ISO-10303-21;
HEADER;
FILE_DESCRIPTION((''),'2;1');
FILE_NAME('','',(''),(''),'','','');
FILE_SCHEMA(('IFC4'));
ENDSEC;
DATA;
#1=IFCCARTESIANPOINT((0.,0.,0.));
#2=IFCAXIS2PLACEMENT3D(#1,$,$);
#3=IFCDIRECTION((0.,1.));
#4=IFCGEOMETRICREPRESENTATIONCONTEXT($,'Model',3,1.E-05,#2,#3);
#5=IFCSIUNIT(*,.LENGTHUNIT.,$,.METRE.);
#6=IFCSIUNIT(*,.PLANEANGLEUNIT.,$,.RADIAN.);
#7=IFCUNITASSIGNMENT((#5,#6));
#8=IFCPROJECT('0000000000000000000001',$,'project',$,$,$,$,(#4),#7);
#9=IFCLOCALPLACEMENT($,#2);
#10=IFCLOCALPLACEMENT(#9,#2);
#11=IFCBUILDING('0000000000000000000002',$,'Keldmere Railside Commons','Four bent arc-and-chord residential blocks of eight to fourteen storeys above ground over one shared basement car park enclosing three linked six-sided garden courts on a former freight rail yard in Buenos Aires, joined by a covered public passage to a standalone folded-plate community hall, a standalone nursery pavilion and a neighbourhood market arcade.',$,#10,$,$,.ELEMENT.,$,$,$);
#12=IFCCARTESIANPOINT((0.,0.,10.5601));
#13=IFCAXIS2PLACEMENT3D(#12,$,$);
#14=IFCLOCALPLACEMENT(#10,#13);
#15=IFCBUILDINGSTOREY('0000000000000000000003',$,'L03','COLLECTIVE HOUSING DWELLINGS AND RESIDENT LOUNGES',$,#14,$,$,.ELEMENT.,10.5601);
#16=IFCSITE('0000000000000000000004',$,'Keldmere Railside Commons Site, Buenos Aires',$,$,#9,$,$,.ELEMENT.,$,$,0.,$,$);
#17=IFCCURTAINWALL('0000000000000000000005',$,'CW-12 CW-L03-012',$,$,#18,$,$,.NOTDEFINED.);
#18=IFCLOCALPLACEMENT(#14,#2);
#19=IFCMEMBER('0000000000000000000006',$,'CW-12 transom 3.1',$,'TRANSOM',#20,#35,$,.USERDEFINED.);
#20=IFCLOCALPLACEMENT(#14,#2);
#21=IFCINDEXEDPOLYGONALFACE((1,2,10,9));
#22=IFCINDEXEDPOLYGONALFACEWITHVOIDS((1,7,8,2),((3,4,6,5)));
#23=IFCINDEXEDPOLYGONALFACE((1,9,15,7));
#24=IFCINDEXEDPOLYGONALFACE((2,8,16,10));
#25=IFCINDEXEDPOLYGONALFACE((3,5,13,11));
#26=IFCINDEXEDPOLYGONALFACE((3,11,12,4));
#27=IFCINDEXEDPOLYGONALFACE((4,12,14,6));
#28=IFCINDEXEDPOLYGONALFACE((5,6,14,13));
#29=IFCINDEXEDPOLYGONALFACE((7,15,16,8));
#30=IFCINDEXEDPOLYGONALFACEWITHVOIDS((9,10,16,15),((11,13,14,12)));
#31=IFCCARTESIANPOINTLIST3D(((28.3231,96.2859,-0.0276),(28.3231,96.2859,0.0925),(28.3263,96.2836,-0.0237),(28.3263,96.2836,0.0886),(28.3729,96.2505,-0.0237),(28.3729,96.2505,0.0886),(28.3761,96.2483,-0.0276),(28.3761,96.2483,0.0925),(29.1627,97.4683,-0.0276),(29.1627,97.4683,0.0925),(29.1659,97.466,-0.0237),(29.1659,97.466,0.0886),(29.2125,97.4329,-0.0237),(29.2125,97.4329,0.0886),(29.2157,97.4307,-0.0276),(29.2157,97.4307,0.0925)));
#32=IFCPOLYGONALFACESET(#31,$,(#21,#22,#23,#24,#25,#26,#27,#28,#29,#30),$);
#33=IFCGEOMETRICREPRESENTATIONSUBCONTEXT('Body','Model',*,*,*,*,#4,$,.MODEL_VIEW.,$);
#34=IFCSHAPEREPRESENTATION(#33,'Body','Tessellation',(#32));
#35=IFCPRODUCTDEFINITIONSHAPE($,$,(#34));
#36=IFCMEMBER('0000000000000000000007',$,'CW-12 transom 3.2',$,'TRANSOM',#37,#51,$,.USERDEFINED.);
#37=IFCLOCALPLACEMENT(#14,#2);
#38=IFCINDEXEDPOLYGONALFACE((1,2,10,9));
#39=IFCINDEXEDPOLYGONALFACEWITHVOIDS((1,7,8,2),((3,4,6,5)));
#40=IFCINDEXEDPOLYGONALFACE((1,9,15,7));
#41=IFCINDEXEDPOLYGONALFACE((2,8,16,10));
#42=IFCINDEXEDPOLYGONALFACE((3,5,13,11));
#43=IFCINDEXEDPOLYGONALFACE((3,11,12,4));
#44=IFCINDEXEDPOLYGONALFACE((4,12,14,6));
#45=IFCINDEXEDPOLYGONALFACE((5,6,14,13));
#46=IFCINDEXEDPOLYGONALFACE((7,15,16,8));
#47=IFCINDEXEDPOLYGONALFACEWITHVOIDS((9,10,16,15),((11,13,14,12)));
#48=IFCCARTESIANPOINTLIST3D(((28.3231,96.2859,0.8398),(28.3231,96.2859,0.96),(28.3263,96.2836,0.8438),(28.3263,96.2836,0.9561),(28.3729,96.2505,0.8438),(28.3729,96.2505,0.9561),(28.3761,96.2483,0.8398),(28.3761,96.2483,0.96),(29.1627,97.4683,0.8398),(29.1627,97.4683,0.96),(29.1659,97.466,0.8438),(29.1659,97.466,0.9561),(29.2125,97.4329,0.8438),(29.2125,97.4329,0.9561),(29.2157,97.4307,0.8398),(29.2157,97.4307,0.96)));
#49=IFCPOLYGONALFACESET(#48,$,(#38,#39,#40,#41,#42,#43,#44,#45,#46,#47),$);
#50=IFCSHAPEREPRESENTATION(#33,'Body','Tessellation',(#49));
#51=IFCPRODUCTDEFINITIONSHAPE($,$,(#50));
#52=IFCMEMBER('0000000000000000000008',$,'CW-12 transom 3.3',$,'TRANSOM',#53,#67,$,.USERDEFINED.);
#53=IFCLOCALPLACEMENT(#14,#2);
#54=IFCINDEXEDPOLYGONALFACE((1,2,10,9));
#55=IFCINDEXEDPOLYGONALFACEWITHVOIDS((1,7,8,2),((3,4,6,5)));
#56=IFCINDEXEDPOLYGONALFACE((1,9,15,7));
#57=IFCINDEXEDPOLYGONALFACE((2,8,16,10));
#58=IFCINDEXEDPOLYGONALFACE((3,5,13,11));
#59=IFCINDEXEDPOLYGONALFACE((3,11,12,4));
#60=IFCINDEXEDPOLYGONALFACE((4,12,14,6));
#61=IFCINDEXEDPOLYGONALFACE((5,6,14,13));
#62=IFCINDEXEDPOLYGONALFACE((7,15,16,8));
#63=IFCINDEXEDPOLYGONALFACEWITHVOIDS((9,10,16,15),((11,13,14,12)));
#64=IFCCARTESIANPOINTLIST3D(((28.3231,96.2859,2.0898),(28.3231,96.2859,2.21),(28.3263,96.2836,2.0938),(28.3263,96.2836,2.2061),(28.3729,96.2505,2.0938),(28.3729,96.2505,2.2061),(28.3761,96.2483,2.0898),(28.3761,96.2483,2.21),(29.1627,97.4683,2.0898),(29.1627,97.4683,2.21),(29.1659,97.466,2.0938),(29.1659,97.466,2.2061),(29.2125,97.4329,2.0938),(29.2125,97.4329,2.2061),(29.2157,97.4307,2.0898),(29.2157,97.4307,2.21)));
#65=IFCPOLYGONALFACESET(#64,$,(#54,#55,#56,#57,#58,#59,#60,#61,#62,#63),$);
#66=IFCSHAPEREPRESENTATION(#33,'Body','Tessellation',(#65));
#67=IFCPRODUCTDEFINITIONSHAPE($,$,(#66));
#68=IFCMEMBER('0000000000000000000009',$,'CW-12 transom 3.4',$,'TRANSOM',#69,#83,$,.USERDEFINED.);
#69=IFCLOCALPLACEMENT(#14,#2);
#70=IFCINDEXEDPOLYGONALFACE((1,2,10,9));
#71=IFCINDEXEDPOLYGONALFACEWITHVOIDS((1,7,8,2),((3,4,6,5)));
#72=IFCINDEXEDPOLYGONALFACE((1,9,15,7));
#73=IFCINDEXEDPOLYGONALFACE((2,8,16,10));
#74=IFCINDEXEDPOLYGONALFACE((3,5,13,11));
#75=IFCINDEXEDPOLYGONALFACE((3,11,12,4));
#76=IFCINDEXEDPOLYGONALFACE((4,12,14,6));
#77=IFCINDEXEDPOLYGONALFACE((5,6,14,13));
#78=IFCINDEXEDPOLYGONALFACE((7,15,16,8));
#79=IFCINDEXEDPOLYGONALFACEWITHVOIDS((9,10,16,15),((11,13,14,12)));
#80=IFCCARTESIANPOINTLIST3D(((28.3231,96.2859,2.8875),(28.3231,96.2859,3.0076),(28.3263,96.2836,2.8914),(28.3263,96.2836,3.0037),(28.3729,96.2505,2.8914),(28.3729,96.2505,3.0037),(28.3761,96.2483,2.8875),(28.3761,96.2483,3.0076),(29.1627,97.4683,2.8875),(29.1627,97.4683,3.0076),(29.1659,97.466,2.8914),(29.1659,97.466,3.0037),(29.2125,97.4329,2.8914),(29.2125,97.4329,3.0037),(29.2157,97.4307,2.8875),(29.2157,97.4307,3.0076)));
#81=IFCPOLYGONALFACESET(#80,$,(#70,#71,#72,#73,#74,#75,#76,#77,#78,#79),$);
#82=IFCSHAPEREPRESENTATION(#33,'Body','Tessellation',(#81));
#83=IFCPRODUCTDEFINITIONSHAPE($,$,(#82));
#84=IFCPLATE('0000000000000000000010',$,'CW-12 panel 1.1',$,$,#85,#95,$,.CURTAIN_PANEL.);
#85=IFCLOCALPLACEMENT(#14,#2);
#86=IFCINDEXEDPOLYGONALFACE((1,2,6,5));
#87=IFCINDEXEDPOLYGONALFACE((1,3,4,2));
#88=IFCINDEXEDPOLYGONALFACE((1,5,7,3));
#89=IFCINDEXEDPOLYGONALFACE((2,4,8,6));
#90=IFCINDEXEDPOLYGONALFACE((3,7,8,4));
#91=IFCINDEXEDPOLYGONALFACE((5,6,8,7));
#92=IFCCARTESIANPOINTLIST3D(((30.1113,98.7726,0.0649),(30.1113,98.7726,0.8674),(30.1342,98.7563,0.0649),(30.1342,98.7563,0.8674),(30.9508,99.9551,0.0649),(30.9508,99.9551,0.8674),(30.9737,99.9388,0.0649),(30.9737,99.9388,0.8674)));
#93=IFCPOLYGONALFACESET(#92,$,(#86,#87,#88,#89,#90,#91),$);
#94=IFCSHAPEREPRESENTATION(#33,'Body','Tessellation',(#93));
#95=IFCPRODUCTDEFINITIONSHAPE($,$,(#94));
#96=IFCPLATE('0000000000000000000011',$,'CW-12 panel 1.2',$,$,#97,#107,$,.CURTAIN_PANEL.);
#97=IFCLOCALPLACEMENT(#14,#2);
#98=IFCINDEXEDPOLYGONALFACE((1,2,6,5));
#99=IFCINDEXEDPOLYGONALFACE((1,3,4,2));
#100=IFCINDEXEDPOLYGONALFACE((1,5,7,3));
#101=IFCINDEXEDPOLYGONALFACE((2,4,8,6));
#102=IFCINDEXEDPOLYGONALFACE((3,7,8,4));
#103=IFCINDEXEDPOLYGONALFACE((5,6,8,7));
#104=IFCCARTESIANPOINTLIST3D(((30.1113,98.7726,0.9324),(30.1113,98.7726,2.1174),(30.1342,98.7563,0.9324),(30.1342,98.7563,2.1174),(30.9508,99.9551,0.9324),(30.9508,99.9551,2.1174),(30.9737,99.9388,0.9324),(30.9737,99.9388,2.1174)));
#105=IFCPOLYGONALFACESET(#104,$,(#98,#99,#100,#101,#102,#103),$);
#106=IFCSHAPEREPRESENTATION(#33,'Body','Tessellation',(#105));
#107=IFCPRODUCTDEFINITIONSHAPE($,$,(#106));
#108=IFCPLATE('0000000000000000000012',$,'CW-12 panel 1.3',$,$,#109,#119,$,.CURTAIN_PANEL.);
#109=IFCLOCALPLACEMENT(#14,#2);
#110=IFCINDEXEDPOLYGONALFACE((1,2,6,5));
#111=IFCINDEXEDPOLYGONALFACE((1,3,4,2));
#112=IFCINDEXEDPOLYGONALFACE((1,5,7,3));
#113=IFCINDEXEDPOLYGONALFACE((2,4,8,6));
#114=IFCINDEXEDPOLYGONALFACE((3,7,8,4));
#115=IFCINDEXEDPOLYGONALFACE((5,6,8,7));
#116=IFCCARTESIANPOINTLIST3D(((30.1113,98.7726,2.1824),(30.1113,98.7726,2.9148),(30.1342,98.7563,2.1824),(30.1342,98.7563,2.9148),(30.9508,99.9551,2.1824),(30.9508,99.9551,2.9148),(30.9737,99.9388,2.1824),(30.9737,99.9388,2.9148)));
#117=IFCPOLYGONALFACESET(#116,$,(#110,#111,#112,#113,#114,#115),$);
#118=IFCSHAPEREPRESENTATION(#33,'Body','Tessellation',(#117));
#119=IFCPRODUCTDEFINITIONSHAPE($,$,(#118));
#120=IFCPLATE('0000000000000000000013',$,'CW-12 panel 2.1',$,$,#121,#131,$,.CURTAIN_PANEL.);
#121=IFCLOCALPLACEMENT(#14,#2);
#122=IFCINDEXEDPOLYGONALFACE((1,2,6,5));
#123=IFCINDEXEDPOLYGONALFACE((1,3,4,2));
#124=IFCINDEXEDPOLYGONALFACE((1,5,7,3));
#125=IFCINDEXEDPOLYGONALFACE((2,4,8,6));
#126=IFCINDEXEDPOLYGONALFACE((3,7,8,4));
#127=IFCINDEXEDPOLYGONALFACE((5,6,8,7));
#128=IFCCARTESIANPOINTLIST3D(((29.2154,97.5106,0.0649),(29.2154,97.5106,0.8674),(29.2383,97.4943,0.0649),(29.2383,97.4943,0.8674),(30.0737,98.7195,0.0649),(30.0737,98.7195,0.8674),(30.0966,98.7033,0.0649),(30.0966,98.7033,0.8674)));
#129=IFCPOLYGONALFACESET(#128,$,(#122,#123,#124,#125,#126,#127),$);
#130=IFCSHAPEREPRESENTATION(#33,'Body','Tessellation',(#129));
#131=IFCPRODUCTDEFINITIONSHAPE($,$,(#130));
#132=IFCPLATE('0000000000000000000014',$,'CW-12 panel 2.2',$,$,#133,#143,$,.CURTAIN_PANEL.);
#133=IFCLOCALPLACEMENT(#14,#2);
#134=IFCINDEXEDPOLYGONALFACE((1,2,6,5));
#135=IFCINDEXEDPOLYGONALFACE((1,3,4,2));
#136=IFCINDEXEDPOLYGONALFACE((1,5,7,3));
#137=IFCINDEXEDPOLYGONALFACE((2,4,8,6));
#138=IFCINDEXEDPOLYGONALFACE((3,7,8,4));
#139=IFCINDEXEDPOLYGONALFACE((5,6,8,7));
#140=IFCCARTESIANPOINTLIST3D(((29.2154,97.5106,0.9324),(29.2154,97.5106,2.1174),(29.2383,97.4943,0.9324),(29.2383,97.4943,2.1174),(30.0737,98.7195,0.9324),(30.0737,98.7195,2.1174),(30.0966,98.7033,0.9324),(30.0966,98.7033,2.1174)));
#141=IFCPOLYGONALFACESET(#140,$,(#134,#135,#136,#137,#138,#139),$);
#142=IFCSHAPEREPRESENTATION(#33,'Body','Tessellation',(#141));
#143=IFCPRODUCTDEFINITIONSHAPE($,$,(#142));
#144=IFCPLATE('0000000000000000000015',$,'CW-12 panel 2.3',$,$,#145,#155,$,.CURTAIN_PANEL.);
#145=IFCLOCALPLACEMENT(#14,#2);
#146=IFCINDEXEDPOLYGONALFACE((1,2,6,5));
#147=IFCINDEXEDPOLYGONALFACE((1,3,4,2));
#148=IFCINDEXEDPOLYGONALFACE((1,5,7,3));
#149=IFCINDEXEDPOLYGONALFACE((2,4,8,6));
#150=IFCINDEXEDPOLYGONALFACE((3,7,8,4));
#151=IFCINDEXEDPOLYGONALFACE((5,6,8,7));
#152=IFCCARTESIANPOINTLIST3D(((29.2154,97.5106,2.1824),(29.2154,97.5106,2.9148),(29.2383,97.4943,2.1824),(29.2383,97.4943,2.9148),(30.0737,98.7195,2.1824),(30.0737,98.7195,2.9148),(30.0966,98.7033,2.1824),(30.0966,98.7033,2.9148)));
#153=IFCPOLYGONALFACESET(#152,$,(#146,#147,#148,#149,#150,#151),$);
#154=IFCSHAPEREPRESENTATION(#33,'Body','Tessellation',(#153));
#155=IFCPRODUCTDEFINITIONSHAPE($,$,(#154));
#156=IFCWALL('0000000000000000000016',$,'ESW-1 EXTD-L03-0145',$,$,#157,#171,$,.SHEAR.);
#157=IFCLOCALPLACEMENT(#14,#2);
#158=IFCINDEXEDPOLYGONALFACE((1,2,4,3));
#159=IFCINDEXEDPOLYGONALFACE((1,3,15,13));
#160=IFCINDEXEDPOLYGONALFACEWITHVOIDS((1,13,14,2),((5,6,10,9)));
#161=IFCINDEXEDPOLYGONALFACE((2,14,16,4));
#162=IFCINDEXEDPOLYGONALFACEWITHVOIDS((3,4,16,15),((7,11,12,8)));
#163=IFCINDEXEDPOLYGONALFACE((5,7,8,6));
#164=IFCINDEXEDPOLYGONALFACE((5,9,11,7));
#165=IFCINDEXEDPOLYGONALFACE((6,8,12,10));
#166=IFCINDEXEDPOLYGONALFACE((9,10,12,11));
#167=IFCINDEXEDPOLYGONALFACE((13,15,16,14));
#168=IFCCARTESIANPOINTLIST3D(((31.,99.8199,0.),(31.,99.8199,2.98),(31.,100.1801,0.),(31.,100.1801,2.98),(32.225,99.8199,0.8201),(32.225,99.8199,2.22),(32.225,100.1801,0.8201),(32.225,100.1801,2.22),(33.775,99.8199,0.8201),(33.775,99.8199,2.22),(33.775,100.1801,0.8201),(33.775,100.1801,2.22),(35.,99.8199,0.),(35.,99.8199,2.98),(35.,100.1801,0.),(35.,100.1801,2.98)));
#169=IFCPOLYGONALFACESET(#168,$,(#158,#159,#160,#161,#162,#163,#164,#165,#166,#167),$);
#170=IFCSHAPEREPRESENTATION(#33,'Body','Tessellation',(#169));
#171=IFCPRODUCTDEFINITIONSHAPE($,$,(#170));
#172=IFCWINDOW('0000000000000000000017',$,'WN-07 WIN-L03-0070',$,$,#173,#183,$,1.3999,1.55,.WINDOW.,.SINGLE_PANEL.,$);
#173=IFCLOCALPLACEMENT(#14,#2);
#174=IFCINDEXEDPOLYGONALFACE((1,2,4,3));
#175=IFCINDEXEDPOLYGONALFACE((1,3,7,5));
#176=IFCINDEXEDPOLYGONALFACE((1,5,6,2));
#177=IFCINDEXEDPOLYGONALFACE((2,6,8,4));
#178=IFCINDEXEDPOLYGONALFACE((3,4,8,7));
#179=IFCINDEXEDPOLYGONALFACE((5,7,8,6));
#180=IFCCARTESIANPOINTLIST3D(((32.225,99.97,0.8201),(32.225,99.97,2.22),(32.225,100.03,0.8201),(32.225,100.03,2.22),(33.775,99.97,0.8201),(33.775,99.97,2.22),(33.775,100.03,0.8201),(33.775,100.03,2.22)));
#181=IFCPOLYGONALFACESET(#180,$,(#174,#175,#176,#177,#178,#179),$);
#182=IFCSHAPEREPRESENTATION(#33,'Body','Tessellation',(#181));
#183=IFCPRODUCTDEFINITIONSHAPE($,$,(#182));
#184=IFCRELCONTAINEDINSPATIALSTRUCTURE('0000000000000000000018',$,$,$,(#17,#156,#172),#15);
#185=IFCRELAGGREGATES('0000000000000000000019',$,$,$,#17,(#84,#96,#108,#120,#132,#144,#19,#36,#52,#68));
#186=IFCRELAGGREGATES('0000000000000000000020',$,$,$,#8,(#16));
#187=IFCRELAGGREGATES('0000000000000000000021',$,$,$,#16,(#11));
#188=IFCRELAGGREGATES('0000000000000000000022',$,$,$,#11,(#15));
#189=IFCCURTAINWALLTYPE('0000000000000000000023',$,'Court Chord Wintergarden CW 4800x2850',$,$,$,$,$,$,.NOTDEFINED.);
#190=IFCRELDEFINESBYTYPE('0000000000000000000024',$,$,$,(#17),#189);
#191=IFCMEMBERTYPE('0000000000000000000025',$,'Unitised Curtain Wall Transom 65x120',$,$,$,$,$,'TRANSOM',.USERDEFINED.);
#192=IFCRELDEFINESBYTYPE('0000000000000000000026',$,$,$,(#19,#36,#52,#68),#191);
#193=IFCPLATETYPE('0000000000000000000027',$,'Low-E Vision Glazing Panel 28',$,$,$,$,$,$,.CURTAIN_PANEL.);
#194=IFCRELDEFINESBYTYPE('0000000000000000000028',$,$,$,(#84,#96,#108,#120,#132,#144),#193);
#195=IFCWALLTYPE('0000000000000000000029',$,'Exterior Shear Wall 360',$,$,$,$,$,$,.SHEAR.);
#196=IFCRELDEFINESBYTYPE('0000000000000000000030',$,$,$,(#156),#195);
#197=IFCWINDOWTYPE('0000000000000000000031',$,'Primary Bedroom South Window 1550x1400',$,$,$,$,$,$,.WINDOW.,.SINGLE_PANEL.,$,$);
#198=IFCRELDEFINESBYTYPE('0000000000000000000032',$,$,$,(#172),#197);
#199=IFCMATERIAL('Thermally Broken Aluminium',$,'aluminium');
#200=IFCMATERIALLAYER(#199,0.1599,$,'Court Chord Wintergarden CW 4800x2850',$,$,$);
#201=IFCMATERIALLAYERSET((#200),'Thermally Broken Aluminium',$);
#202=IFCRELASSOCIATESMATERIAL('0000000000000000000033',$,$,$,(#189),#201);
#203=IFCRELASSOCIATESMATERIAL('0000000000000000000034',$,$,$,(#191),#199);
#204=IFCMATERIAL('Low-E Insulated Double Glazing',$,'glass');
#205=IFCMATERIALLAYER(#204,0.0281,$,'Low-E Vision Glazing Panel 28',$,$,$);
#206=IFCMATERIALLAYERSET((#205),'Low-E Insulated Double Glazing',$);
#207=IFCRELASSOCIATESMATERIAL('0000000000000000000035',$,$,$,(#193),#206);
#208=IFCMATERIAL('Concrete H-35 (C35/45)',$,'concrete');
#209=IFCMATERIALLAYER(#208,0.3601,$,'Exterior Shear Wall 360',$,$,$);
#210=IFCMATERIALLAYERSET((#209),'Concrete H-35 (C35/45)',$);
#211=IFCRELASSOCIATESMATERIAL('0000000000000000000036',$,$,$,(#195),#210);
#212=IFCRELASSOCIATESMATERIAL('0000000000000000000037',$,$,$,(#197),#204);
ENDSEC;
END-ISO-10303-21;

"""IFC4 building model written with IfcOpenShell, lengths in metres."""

from ifc_helpers import new_model, si_unit, direction, frame, frame_2d, origin, origin_2d, place, context, subcontext, project, spatial, rectangle, hollow_rectangle, extrude, material, layer, layer_set, material_profile, profile_set, type_object, element, fill, aggregate, save


model = new_model("IFC4")

# Units and contexts
model_context = context("Model", 3, precision=1e-05, world=origin(), true_north=direction((0.0, 1.0)))
body_context = subcontext(model_context, "Body", "Model", "MODEL_VIEW")
ifc_project = project(units=[si_unit("LENGTHUNIT", "METRE"), si_unit("PLANEANGLEUNIT", "RADIAN")], contexts=[model_context])

# Site, building, storey
site_placement = place(None, origin())
site = spatial("IfcSite", under=ifc_project, at=site_placement, Name="Keldmere Railside Commons Site, Buenos Aires", CompositionType="ELEMENT", RefElevation=0.0)
building_placement = place(site_placement, origin())
building = spatial("IfcBuilding", under=site, at=building_placement, Name="Keldmere Railside Commons", Description="Four bent arc-and-chord residential blocks of eight to fourteen storeys above ground over one shared basement car park enclosing three linked six-sided garden courts on a former freight rail yard in Buenos Aires, joined by a covered public passage to a standalone folded-plate community hall, a standalone nursery pavilion and a neighbourhood market arcade.", CompositionType="ELEMENT")
storey_placement = place(building_placement, frame((0.0, 0.0, 10.5601)))
storey = spatial("IfcBuildingStorey", under=building, at=storey_placement, Name="L03", Description="COLLECTIVE HOUSING DWELLINGS AND RESIDENT LOUNGES", CompositionType="ELEMENT", Elevation=10.5601)

# Curtain wall, members, plates
ifc_material_1 = material(Name="Thermally Broken Aluminium", Category="aluminium")
ifc_layer_1 = layer(ifc_material_1, 0.1599, Name="Court Chord Wintergarden CW 4800x2850")
ifc_layer_set_1 = layer_set([ifc_layer_1], Name="Thermally Broken Aluminium")
curtain_wall_type = type_object("IfcCurtainWallType", Name="Court Chord Wintergarden CW 4800x2850", PredefinedType="NOTDEFINED", material=ifc_layer_set_1)
curtain_wall_placement = place(storey_placement, origin())
curtain_wall = element("IfcCurtainWall", 1, at=curtain_wall_placement, inside=storey, type_object=curtain_wall_type, Name="CW-12 CW-L03-012", PredefinedType="NOTDEFINED")
ifc_material_profile_1 = material_profile(ifc_material_1, hollow_rectangle(XDim=0.0649, YDim=0.1201, WallThickness=0.0039, at=origin_2d()), Name="ALU-TRAN-65x120")
ifc_profile_set_1 = profile_set([ifc_material_profile_1], Name="Thermally Broken Aluminium")
member_type_1 = type_object("IfcMemberType", Name="Unitised Curtain Wall Transom 65x120", ElementType="TRANSOM", PredefinedType="USERDEFINED", material=ifc_profile_set_1)
member_1_placement = place(storey_placement, frame((29.1892, 97.4495, 0.0325), z_axis=(-0.578975, -0.815346, 0.0), x_axis=(0.815346, -0.578975, 0.0)))
member_1 = element("IfcMember", 2, at=member_1_placement, type_object=member_type_1, Name="CW-12 transom 3.1", ObjectType="TRANSOM", PredefinedType="USERDEFINED", context=body_context, shape_type="SweptSolid", body=[
    extrude(hollow_rectangle(XDim=0.0649, YDim=0.1201, WallThickness=0.0039, at=origin_2d()), origin(), (0.0, 0.0, 1.0), 1.4502),
])
member_2_placement = place(storey_placement, frame((29.1892, 97.4495, 0.8999), z_axis=(-0.578975, -0.815346, 0.0), x_axis=(0.815346, -0.578975, 0.0)))
member_2 = element("IfcMember", 3, at=member_2_placement, type_object=member_type_1, Name="CW-12 transom 3.2", ObjectType="TRANSOM", PredefinedType="USERDEFINED", context=body_context, shape_type="SweptSolid", body=[
    extrude(hollow_rectangle(XDim=0.0649, YDim=0.1201, WallThickness=0.0039, at=origin_2d()), origin(), (0.0, 0.0, 1.0), 1.4502),
])
member_3_placement = place(storey_placement, frame((29.1892, 97.4495, 2.1499), z_axis=(-0.578975, -0.815346, 0.0), x_axis=(0.815346, -0.578975, 0.0)))
member_3 = element("IfcMember", 4, at=member_3_placement, type_object=member_type_1, Name="CW-12 transom 3.3", ObjectType="TRANSOM", PredefinedType="USERDEFINED", context=body_context, shape_type="SweptSolid", body=[
    extrude(hollow_rectangle(XDim=0.0649, YDim=0.1201, WallThickness=0.0039, at=origin_2d()), origin(), (0.0, 0.0, 1.0), 1.4502),
])
member_4_placement = place(storey_placement, frame((29.1892, 97.4495, 2.9475), z_axis=(-0.578975, -0.815346, 0.0), x_axis=(0.815346, -0.578975, 0.0)))
member_4 = element("IfcMember", 5, at=member_4_placement, type_object=member_type_1, Name="CW-12 transom 3.4", ObjectType="TRANSOM", PredefinedType="USERDEFINED", context=body_context, shape_type="SweptSolid", body=[
    extrude(hollow_rectangle(XDim=0.0649, YDim=0.1201, WallThickness=0.0039, at=origin_2d()), origin(), (0.0, 0.0, 1.0), 1.4502),
])
ifc_material_2 = material(Name="Low-E Insulated Double Glazing", Category="glass")
ifc_layer_2 = layer(ifc_material_2, 0.0281, Name="Low-E Vision Glazing Panel 28")
ifc_layer_set_2 = layer_set([ifc_layer_2], Name="Low-E Insulated Double Glazing")
plate_type = type_object("IfcPlateType", Name="Low-E Vision Glazing Panel 28", PredefinedType="CURTAIN_PANEL", material=ifc_layer_set_2)
plate_1_placement = place(storey_placement, frame((30.5425, 99.3557, 0.0649), z_axis=(0.0, 0.0, 1.0), x_axis=(-0.578913, -0.815389, 0.0)))
plate_1 = element("IfcPlate", 6, at=plate_1_placement, type_object=plate_type, Name="CW-12 panel 1.1", PredefinedType="CURTAIN_PANEL", context=body_context, shape_type="SweptSolid", body=[
    extrude(rectangle(XDim=1.4502, YDim=0.0281, at=origin_2d()), origin(), (0.0, 0.0, 1.0), 0.8025),
])
plate_2_placement = place(storey_placement, frame((30.5425, 99.3557, 0.9324), z_axis=(0.0, 0.0, 1.0), x_axis=(-0.578913, -0.815389, 0.0)))
plate_2 = element("IfcPlate", 7, at=plate_2_placement, type_object=plate_type, Name="CW-12 panel 1.2", PredefinedType="CURTAIN_PANEL", context=body_context, shape_type="SweptSolid", body=[
    extrude(rectangle(XDim=1.4502, YDim=0.0281, at=origin_2d()), origin(), (0.0, 0.0, 1.0), 1.1851),
])
plate_3_placement = place(storey_placement, frame((30.5425, 99.3557, 2.1824), z_axis=(0.0, 0.0, 1.0), x_axis=(-0.578913, -0.815389, 0.0)))
plate_3 = element("IfcPlate", 8, at=plate_3_placement, type_object=plate_type, Name="CW-12 panel 1.3", PredefinedType="CURTAIN_PANEL", context=body_context, shape_type="SweptSolid", body=[
    extrude(rectangle(XDim=1.4502, YDim=0.0281, at=origin_2d()), origin(), (0.0, 0.0, 1.0), 0.7324),
])
plate_4_placement = place(storey_placement, frame((29.656, 98.1069, 0.0649), z_axis=(0.0, 0.0, 1.0), x_axis=(-0.578913, -0.815389, 0.0)))
plate_4 = element("IfcPlate", 9, at=plate_4_placement, type_object=plate_type, Name="CW-12 panel 2.1", PredefinedType="CURTAIN_PANEL", context=body_context, shape_type="SweptSolid", body=[
    extrude(rectangle(XDim=1.4827, YDim=0.0281, at=origin_2d()), origin(), (0.0, 0.0, 1.0), 0.8025),
])
plate_5_placement = place(storey_placement, frame((29.656, 98.1069, 0.9324), z_axis=(0.0, 0.0, 1.0), x_axis=(-0.578913, -0.815389, 0.0)))
plate_5 = element("IfcPlate", 10, at=plate_5_placement, type_object=plate_type, Name="CW-12 panel 2.2", PredefinedType="CURTAIN_PANEL", context=body_context, shape_type="SweptSolid", body=[
    extrude(rectangle(XDim=1.4827, YDim=0.0281, at=origin_2d()), origin(), (0.0, 0.0, 1.0), 1.1851),
])
plate_6_placement = place(storey_placement, frame((29.656, 98.1069, 2.1824), z_axis=(0.0, 0.0, 1.0), x_axis=(-0.578913, -0.815389, 0.0)))
plate_6 = element("IfcPlate", 11, at=plate_6_placement, type_object=plate_type, Name="CW-12 panel 2.3", PredefinedType="CURTAIN_PANEL", context=body_context, shape_type="SweptSolid", body=[
    extrude(rectangle(XDim=1.4827, YDim=0.0281, at=origin_2d()), origin(), (0.0, 0.0, 1.0), 0.7324),
])
aggregate(curtain_wall, [plate_1, plate_2, plate_3, plate_4, plate_5, plate_6, member_1, member_2, member_3, member_4])

# Wall, opening, window
ifc_material_3 = material(Name="Concrete H-35 (C35/45)", Category="concrete")
ifc_layer_3 = layer(ifc_material_3, 0.3601, Name="Exterior Shear Wall 360")
ifc_layer_set_3 = layer_set([ifc_layer_3], Name="Concrete H-35 (C35/45)")
wall_type_1 = type_object("IfcWallType", Name="Exterior Shear Wall 360", PredefinedType="SHEAR", material=ifc_layer_set_3)
wall_1_placement = place(storey_placement, frame((35.0, 100.0, 0.0), z_axis=(0.0, 0.0, 1.0), x_axis=(-1.0, 0.0, 0.0)))
wall_1 = element("IfcWall", 12, at=wall_1_placement, inside=storey, type_object=wall_type_1, Name="ESW-1 EXTD-L03-0145", PredefinedType="SHEAR", context=body_context, shape_type="SweptSolid", body=[
    extrude(rectangle(XDim=4.0, YDim=0.3601, at=frame_2d((2.0, 0.0))), origin(), (0.0, 0.0, 1.0), 2.98),
])
opening_placement = place(wall_1_placement, frame((1.2251, 0.0, 0.8201)))
opening = element("IfcOpeningElement", 13, at=opening_placement, cuts=wall_1, PredefinedType="OPENING", context=body_context, shape_type="SweptSolid", body=[
    extrude(rectangle(XDim=1.55, YDim=1.3999, at=frame_2d((0.7749, 0.7))), frame((0.0, 0.1899, 0.0), z_axis=(0.0, -1.0, 0.0), x_axis=(1.0, 0.0, 0.0)), (0.0, 0.0, 1.0), 0.3801),
])
window_type = type_object("IfcWindowType", Name="Primary Bedroom South Window 1550x1400", PartitioningType="SINGLE_PANEL", PredefinedType="WINDOW", material=ifc_material_2)
window_placement = place(opening_placement, origin())
window = element("IfcWindow", 14, at=window_placement, inside=storey, type_object=window_type, Name="WN-07 WIN-L03-0070", OverallHeight=1.3999, OverallWidth=1.55, PartitioningType="SINGLE_PANEL", PredefinedType="WINDOW", context=body_context, shape_type="SweptSolid", body=[
    extrude(rectangle(XDim=1.55, YDim=1.3999, at=frame_2d((0.7749, 0.7))), frame((0.0, 0.03, 0.0), z_axis=(0.0, -1.0, 0.0), x_axis=(1.0, 0.0, 0.0)), (0.0, 0.0, 1.0), 0.0601),
])
fill(opening, window)

save(model, "model.ifc")
